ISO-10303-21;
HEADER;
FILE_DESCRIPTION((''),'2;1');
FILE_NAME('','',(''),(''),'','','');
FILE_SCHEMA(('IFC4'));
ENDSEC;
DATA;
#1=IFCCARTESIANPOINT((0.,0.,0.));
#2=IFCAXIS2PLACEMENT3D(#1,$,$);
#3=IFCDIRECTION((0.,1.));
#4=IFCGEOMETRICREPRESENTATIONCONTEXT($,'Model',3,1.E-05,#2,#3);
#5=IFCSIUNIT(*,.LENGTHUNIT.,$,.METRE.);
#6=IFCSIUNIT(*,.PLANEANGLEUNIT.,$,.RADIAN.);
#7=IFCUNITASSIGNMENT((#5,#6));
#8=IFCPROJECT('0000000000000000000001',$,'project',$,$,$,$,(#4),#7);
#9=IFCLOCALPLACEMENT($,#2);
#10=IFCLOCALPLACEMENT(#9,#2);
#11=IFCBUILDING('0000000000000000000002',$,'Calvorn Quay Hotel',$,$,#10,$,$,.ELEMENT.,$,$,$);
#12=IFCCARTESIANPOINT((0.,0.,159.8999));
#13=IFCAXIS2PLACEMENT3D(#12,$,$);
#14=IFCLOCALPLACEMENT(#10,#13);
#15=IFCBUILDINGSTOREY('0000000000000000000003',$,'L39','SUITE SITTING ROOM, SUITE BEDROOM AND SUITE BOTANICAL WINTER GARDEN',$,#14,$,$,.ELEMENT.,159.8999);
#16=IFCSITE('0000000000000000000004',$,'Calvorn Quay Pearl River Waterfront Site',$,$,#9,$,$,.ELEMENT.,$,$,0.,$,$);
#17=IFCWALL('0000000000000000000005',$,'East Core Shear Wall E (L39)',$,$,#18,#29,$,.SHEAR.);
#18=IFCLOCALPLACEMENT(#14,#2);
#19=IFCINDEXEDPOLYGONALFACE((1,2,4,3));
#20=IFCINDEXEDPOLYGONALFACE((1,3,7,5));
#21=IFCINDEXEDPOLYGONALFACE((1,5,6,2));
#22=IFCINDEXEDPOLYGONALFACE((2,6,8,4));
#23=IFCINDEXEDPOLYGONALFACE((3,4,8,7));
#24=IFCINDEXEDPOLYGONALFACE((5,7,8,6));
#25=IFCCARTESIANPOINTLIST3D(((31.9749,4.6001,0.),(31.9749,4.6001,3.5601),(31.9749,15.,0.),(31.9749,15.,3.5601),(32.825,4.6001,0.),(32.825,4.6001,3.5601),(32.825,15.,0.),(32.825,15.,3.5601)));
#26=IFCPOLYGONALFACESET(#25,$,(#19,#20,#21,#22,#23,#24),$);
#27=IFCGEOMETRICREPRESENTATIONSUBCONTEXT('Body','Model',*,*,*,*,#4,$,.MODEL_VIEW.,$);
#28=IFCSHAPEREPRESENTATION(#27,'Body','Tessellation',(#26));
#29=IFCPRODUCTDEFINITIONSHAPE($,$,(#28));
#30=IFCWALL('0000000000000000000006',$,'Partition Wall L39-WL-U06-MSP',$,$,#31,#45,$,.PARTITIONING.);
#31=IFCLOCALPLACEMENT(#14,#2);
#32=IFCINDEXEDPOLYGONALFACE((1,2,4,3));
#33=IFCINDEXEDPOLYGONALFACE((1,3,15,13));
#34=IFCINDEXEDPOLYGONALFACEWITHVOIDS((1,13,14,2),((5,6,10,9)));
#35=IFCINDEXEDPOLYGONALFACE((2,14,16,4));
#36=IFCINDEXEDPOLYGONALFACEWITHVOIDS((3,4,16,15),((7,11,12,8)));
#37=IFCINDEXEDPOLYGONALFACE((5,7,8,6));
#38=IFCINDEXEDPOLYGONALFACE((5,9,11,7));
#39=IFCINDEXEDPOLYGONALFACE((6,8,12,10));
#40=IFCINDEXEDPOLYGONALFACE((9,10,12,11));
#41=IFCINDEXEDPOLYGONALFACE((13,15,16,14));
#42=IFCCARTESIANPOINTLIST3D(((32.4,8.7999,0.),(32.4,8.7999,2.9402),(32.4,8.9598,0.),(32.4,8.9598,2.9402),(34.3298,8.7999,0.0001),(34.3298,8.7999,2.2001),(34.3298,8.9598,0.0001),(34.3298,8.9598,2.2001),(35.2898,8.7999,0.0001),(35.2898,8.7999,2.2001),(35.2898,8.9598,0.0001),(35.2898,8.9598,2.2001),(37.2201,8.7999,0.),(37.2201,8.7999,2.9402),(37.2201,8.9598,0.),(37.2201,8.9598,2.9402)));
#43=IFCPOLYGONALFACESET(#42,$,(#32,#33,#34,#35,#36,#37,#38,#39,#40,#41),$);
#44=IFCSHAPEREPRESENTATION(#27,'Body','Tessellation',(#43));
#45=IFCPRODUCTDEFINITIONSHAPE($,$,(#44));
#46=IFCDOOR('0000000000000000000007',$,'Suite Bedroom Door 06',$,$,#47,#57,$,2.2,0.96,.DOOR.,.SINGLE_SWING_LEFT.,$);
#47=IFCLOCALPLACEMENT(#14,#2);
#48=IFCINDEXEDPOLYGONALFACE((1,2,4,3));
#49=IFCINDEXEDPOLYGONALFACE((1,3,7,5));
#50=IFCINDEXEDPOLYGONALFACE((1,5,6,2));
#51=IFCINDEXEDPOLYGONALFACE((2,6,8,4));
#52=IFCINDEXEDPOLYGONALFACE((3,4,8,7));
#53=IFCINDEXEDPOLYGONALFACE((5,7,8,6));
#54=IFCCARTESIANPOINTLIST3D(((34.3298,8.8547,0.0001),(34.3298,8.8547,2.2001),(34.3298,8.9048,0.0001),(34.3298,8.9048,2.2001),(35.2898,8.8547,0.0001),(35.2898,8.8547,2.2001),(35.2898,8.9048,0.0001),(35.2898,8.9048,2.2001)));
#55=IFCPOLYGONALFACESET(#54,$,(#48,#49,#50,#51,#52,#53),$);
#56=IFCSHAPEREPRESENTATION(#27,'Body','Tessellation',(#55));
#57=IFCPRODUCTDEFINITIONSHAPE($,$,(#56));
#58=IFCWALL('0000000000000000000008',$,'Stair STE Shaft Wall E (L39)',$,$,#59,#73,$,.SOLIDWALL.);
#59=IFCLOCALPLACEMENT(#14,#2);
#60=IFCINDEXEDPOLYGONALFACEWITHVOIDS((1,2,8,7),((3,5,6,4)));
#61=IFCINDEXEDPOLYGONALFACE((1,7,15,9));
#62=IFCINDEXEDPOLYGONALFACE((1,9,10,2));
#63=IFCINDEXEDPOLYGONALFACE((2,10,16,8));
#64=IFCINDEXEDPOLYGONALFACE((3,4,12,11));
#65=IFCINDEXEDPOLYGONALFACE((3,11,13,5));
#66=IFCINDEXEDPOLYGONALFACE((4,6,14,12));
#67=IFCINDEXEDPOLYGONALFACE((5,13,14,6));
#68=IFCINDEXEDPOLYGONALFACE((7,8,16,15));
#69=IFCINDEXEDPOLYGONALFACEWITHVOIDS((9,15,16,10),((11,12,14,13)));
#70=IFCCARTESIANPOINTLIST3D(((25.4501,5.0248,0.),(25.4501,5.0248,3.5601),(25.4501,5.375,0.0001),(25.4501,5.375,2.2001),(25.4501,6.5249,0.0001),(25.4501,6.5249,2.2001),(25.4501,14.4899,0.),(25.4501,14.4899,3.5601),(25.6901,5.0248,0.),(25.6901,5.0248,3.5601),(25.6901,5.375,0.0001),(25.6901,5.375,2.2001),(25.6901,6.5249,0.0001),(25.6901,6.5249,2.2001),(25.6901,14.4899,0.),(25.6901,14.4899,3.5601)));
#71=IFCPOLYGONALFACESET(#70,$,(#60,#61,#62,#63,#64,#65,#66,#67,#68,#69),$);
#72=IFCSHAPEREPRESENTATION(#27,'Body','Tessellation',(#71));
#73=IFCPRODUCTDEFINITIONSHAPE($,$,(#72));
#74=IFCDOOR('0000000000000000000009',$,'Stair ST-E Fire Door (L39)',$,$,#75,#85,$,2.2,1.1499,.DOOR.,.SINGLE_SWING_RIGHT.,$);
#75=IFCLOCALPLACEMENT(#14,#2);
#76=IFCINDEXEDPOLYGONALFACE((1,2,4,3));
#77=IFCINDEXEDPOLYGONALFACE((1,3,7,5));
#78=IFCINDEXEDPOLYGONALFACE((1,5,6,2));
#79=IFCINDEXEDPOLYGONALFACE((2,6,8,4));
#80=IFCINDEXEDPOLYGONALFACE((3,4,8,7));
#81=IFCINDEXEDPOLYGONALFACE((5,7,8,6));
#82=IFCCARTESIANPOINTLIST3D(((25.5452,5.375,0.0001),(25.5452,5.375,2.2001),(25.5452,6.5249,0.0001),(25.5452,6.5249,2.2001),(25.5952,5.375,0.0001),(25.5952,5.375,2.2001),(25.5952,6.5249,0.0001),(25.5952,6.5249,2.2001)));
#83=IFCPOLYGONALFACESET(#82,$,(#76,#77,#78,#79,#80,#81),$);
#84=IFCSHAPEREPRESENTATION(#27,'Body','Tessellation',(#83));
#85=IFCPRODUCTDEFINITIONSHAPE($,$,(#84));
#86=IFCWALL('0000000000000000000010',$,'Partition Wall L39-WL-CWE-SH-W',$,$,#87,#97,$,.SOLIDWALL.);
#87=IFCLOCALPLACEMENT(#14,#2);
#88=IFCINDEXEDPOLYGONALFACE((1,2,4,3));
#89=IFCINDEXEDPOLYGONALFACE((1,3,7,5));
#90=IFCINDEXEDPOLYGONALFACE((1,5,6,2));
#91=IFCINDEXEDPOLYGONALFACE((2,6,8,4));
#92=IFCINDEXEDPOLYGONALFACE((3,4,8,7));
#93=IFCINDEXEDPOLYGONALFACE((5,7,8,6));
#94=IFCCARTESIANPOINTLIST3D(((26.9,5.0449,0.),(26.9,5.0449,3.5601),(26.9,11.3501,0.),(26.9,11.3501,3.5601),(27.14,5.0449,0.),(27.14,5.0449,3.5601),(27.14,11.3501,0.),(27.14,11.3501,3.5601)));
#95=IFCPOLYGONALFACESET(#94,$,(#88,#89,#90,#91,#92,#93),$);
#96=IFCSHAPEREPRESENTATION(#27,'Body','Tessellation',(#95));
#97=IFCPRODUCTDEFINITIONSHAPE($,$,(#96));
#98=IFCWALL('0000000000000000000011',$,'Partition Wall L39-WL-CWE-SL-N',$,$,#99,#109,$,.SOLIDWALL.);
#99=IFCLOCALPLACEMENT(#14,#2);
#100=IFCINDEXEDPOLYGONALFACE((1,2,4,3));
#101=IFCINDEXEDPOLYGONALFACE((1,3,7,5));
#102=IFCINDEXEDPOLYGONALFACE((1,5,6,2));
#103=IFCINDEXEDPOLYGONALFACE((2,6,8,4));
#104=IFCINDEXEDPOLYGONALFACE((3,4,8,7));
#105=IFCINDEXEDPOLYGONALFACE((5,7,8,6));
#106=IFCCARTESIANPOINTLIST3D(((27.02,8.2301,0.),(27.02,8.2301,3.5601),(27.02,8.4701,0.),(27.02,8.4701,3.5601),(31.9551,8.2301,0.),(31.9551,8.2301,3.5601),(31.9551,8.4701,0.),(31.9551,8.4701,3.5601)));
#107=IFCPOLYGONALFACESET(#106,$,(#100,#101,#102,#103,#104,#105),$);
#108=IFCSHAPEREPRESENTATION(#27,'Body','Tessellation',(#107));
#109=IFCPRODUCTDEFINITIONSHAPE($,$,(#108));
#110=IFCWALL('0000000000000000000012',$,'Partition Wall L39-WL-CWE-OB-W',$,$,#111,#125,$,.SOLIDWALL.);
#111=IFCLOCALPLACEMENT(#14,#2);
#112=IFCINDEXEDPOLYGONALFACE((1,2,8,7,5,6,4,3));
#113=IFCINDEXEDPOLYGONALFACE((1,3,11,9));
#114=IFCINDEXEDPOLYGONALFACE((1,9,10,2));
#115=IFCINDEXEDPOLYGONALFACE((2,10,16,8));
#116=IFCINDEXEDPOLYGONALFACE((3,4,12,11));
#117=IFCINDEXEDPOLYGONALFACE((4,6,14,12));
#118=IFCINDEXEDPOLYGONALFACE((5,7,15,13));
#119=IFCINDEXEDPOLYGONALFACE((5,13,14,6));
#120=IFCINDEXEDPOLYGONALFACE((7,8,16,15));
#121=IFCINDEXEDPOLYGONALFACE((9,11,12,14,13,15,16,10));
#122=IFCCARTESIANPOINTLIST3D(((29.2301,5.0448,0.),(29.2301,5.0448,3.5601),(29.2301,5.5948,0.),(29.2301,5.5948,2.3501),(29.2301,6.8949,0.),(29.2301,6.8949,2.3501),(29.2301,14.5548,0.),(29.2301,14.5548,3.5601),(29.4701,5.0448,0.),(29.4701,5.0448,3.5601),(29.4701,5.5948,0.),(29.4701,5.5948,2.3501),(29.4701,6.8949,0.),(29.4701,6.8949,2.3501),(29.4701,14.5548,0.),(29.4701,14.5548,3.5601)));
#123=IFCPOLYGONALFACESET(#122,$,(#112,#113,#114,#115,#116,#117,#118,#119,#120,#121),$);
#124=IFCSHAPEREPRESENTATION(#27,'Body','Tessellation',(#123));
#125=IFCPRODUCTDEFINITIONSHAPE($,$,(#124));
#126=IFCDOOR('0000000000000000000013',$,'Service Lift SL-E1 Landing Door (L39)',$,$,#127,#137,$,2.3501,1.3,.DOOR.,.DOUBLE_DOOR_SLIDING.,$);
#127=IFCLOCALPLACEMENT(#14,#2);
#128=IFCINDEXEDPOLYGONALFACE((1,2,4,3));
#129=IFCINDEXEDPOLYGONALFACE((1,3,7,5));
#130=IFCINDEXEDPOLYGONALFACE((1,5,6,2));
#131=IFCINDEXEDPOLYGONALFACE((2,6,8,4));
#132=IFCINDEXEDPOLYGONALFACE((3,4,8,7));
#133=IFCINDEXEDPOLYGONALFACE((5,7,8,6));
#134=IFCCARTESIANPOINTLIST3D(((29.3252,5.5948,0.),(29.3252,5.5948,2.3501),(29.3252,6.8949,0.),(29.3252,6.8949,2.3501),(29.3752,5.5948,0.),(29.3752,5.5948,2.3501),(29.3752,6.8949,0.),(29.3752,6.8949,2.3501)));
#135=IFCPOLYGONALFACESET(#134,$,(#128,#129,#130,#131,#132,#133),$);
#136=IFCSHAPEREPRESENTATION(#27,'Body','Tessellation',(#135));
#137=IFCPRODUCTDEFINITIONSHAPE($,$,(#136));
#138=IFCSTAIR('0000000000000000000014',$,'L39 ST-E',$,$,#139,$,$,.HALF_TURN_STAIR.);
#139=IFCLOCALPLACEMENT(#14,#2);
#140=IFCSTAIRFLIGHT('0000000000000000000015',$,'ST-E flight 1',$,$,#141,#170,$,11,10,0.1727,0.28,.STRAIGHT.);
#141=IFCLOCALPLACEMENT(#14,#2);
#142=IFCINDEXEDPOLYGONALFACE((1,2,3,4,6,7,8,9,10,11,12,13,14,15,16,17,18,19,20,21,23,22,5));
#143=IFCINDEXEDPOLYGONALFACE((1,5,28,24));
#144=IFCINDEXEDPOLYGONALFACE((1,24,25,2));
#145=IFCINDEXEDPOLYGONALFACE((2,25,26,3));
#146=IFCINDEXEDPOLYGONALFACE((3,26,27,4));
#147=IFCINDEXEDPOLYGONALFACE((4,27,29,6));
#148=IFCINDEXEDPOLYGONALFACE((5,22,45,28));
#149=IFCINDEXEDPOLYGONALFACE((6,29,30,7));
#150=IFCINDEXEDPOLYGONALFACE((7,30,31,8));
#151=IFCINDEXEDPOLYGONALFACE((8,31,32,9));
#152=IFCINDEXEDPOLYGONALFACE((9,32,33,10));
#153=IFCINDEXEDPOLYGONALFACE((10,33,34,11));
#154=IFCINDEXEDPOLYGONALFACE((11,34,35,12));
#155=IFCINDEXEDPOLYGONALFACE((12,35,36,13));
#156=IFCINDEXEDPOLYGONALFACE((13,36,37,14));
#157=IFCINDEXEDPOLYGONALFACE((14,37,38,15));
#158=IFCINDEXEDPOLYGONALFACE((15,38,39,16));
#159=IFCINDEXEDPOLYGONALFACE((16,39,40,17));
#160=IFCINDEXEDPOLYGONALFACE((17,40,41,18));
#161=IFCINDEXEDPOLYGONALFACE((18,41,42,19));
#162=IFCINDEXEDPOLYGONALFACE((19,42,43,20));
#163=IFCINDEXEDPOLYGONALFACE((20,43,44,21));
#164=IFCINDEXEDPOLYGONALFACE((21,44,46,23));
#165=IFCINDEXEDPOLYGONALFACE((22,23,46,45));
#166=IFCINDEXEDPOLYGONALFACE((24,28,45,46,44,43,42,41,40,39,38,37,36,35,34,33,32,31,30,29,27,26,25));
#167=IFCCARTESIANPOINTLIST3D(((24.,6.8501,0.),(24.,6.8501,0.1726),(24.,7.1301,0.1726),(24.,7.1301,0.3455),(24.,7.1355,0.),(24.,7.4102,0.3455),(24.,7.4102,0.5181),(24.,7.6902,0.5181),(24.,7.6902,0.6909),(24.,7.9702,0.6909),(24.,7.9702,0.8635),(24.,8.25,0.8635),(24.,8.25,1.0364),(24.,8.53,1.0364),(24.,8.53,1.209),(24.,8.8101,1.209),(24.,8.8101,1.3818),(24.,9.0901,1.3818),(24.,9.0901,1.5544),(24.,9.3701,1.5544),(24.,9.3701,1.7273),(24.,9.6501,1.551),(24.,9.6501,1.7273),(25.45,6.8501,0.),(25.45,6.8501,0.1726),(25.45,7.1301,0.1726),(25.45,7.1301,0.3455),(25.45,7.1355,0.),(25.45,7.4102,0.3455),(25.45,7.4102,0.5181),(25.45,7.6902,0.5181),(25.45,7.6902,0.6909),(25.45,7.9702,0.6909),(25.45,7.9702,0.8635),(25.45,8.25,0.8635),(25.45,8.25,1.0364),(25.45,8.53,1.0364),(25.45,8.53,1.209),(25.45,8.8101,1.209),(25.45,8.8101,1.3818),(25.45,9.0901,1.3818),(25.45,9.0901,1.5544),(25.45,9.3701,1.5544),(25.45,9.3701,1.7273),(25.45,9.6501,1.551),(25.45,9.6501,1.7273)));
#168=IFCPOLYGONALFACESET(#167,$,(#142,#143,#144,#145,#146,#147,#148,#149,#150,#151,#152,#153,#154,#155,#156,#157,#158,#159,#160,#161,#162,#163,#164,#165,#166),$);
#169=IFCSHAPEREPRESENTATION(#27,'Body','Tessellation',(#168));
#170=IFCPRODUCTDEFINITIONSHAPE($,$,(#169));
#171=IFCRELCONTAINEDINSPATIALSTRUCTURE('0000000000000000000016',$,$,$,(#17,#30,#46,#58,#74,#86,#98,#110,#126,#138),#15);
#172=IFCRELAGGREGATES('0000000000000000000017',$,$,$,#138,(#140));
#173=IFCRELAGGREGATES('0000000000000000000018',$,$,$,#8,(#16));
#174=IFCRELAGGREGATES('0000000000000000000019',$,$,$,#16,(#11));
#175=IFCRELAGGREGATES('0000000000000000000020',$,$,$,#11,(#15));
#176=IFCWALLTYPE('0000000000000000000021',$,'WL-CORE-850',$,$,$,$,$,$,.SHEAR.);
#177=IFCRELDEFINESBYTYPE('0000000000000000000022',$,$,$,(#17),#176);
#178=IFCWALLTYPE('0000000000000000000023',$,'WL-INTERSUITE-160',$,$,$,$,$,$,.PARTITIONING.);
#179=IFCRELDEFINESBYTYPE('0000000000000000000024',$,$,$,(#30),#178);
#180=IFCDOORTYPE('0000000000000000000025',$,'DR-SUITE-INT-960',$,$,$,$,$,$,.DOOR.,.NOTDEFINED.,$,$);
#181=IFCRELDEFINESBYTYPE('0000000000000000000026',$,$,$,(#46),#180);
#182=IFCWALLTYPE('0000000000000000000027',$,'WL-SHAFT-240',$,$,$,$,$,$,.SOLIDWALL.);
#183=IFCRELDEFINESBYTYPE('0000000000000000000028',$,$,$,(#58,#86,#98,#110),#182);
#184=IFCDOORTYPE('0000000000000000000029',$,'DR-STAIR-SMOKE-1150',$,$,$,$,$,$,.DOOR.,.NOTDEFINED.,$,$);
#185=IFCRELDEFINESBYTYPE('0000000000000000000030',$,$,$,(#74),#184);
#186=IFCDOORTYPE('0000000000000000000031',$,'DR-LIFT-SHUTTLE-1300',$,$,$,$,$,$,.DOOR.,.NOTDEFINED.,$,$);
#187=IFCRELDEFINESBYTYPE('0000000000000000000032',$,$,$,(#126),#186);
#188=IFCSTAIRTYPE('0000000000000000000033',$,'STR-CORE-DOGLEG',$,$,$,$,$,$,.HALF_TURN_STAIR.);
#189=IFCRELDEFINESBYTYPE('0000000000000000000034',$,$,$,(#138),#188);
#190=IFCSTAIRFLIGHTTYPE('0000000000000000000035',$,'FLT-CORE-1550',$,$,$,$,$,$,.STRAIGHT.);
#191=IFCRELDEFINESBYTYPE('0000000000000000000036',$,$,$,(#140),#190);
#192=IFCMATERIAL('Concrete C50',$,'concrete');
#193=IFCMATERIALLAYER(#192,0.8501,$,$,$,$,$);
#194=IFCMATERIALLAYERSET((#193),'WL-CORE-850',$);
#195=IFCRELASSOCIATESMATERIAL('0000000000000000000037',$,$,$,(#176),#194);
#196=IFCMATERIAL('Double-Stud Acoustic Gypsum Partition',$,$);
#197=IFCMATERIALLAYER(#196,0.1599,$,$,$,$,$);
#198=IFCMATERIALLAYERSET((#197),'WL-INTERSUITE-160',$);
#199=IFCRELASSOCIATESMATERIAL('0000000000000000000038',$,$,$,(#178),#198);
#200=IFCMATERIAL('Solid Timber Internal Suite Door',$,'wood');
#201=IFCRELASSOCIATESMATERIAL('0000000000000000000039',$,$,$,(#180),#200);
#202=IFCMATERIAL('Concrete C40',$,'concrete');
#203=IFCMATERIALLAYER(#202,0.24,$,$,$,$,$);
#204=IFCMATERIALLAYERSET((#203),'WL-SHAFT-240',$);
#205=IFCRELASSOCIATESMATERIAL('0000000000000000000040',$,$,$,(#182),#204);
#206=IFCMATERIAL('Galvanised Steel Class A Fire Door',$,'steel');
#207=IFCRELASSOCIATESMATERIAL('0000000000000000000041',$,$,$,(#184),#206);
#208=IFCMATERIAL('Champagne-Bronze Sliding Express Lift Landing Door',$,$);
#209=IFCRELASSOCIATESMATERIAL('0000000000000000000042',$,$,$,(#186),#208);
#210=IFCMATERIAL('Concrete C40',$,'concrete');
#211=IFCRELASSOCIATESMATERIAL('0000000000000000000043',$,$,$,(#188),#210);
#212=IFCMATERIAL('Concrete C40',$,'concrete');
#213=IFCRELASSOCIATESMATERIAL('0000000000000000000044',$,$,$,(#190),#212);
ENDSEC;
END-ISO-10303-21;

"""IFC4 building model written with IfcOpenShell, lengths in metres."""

from ifc_helpers import new_model, si_unit, direction, frame, frame_2d, origin, place, context, subcontext, project, spatial, polyline, rectangle, outline, extrude, material, layer, layer_set, type_object, element, fill, aggregate, save


model = new_model("IFC4")

# Units and contexts
model_context = context("Model", 3, precision=1e-05, world=origin(), true_north=direction((0.0, 1.0)))
body_context = subcontext(model_context, "Body", "Model", "MODEL_VIEW")
ifc_project = project(units=[si_unit("LENGTHUNIT", "METRE"), si_unit("PLANEANGLEUNIT", "RADIAN")], contexts=[model_context])

# Site, building, storey
site_placement = place(None, origin())
site = spatial("IfcSite", under=ifc_project, at=site_placement, Name="Calvorn Quay Pearl River Waterfront Site", CompositionType="ELEMENT", RefElevation=0.0)
building_placement = place(site_placement, origin())
building = spatial("IfcBuilding", under=site, at=building_placement, Name="Calvorn Quay Hotel", CompositionType="ELEMENT")
storey_placement = place(building_placement, frame((0.0, 0.0, 159.8999)))
storey = spatial("IfcBuildingStorey", under=building, at=storey_placement, Name="L39", Description="SUITE SITTING ROOM, SUITE BEDROOM AND SUITE BOTANICAL WINTER GARDEN", CompositionType="ELEMENT", Elevation=159.8999)

# Wall
ifc_material_1 = material(Name="Concrete C50", Category="concrete")
ifc_layer_1 = layer(ifc_material_1, 0.8501)
ifc_layer_set_1 = layer_set([ifc_layer_1], Name="WL-CORE-850")
wall_type_1 = type_object("IfcWallType", Name="WL-CORE-850", PredefinedType="SHEAR", material=ifc_layer_set_1)
wall_1_placement = place(storey_placement, frame((32.3999, 4.6001, 0.0), z_axis=(0.0, 0.0, 1.0), x_axis=(0.0, 1.0, 0.0)))
element("IfcWall", 1, at=wall_1_placement, inside=storey, type_object=wall_type_1, Name="East Core Shear Wall E (L39)", PredefinedType="SHEAR", context=body_context, shape_type="SweptSolid", body=[
    extrude(rectangle(XDim=10.3999, YDim=0.8501, at=frame_2d((5.2, 0.0))), origin(), (0.0, 0.0, 1.0), 3.5601),
])

# Walls, openings, doors
ifc_material_2 = material(Name="Double-Stud Acoustic Gypsum Partition")
ifc_layer_2 = layer(ifc_material_2, 0.1599)
ifc_layer_set_2 = layer_set([ifc_layer_2], Name="WL-INTERSUITE-160")
wall_type_2 = type_object("IfcWallType", Name="WL-INTERSUITE-160", PredefinedType="PARTITIONING", material=ifc_layer_set_2)
wall_2_placement = place(storey_placement, frame((32.3999, 8.8799, 0.0), z_axis=(0.0, 0.0, 1.0), x_axis=(1.0, 0.0, 0.0)))
wall_2 = element("IfcWall", 2, at=wall_2_placement, inside=storey, type_object=wall_type_2, Name="Partition Wall L39-WL-U06-MSP", PredefinedType="PARTITIONING", context=body_context, shape_type="SweptSolid", body=[
    extrude(rectangle(XDim=4.8201, YDim=0.1599, at=frame_2d((2.4102, 0.0))), origin(), (0.0, 0.0, 1.0), 2.9402),
])
opening_1_placement = place(wall_2_placement, frame((1.9299, 0.0, 0.0)))
opening_1 = element("IfcOpeningElement", 3, at=opening_1_placement, cuts=wall_2, PredefinedType="OPENING", context=body_context, shape_type="SweptSolid", body=[
    extrude(rectangle(XDim=0.96, YDim=2.2, at=frame_2d((0.48, 1.1001))), frame((0.0, 0.0898, 0.0), z_axis=(0.0, -1.0, 0.0), x_axis=(1.0, 0.0, 0.0)), (0.0, 0.0, 1.0), 0.1799),
])
ifc_material_3 = material(Name="Solid Timber Internal Suite Door", Category="wood")
door_type_1 = type_object("IfcDoorType", Name="DR-SUITE-INT-960", OperationType="NOTDEFINED", PredefinedType="DOOR", material=ifc_material_3)
door_1_placement = place(opening_1_placement, origin())
door_1 = element("IfcDoor", 4, at=door_1_placement, inside=storey, type_object=door_type_1, Name="Suite Bedroom Door 06", OperationType="SINGLE_SWING_LEFT", OverallHeight=2.2, OverallWidth=0.96, PredefinedType="DOOR", context=body_context, shape_type="SweptSolid", body=[
    extrude(rectangle(XDim=0.96, YDim=2.2, at=frame_2d((0.48, 1.1001))), frame((0.0, 0.0249, 0.0), z_axis=(0.0, -1.0, 0.0), x_axis=(1.0, 0.0, 0.0)), (0.0, 0.0, 1.0), 0.05),
])
fill(opening_1, door_1)
ifc_material_4 = material(Name="Concrete C40", Category="concrete")
ifc_layer_3 = layer(ifc_material_4, 0.24)
ifc_layer_set_3 = layer_set([ifc_layer_3], Name="WL-SHAFT-240")
wall_type_3 = type_object("IfcWallType", Name="WL-SHAFT-240", PredefinedType="SOLIDWALL", material=ifc_layer_set_3)
wall_3_placement = place(storey_placement, frame((25.5701, 5.0249, 0.0), z_axis=(0.0, 0.0, 1.0), x_axis=(0.0, 1.0, 0.0)))
wall_3 = element("IfcWall", 5, at=wall_3_placement, inside=storey, type_object=wall_type_3, Name="Stair STE Shaft Wall E (L39)", PredefinedType="SOLIDWALL", context=body_context, shape_type="SweptSolid", body=[
    extrude(rectangle(XDim=9.4651, YDim=0.24, at=frame_2d((4.7324, 0.0))), origin(), (0.0, 0.0, 1.0), 3.5601),
])
opening_2_placement = place(wall_3_placement, frame((0.3501, 0.0, 0.0)))
opening_2 = element("IfcOpeningElement", 6, at=opening_2_placement, cuts=wall_3, PredefinedType="OPENING", context=body_context, shape_type="SweptSolid", body=[
    extrude(rectangle(XDim=1.1499, YDim=2.2, at=frame_2d((0.575, 1.1001))), frame((0.0, 0.1299, 0.0), z_axis=(0.0, -1.0, 0.0), x_axis=(1.0, 0.0, 0.0)), (0.0, 0.0, 1.0), 0.26),
])
ifc_material_5 = material(Name="Galvanised Steel Class A Fire Door", Category="steel")
door_type_2 = type_object("IfcDoorType", Name="DR-STAIR-SMOKE-1150", OperationType="NOTDEFINED", PredefinedType="DOOR", material=ifc_material_5)
door_2_placement = place(opening_2_placement, origin())
door_2 = element("IfcDoor", 7, at=door_2_placement, inside=storey, type_object=door_type_2, Name="Stair ST-E Fire Door (L39)", OperationType="SINGLE_SWING_RIGHT", OverallHeight=2.2, OverallWidth=1.1499, PredefinedType="DOOR", context=body_context, shape_type="SweptSolid", body=[
    extrude(rectangle(XDim=1.1499, YDim=2.2, at=frame_2d((0.575, 1.1001))), frame((0.0, 0.0249, 0.0), z_axis=(0.0, -1.0, 0.0), x_axis=(1.0, 0.0, 0.0)), (0.0, 0.0, 1.0), 0.05),
])
fill(opening_2, door_2)

# Walls
wall_4_placement = place(storey_placement, frame((27.02, 5.0449, 0.0), z_axis=(0.0, 0.0, 1.0), x_axis=(0.0, 1.0, 0.0)))
element("IfcWall", 8, at=wall_4_placement, inside=storey, type_object=wall_type_3, Name="Partition Wall L39-WL-CWE-SH-W", PredefinedType="SOLIDWALL", context=body_context, shape_type="SweptSolid", body=[
    extrude(rectangle(XDim=6.3052, YDim=0.24, at=frame_2d((3.1526, 0.0))), origin(), (0.0, 0.0, 1.0), 3.5601),
])
wall_5_placement = place(storey_placement, frame((27.02, 8.3501, 0.0), z_axis=(0.0, 0.0, 1.0), x_axis=(1.0, 0.0, 0.0)))
element("IfcWall", 9, at=wall_5_placement, inside=storey, type_object=wall_type_3, Name="Partition Wall L39-WL-CWE-SL-N", PredefinedType="SOLIDWALL", context=body_context, shape_type="SweptSolid", body=[
    extrude(rectangle(XDim=4.9351, YDim=0.24, at=frame_2d((2.4675, 0.0))), origin(), (0.0, 0.0, 1.0), 3.5601),
])

# Wall, opening, door
wall_6_placement = place(storey_placement, frame((29.3501, 5.0449, 0.0), z_axis=(0.0, 0.0, 1.0), x_axis=(0.0, 1.0, 0.0)))
wall_6 = element("IfcWall", 10, at=wall_6_placement, inside=storey, type_object=wall_type_3, Name="Partition Wall L39-WL-CWE-OB-W", PredefinedType="SOLIDWALL", context=body_context, shape_type="SweptSolid", body=[
    extrude(rectangle(XDim=9.51, YDim=0.24, at=frame_2d((4.7549, 0.0))), origin(), (0.0, 0.0, 1.0), 3.5601),
])
opening_3_placement = place(wall_6_placement, frame((0.55, 0.0, 0.0)))
opening_3 = element("IfcOpeningElement", 11, at=opening_3_placement, cuts=wall_6, PredefinedType="OPENING", context=body_context, shape_type="SweptSolid", body=[
    extrude(rectangle(XDim=1.3, YDim=2.3501, at=frame_2d((0.6499, 1.175))), frame((0.0, 0.1299, 0.0), z_axis=(0.0, -1.0, 0.0), x_axis=(1.0, 0.0, 0.0)), (0.0, 0.0, 1.0), 0.26),
])
ifc_material_6 = material(Name="Champagne-Bronze Sliding Express Lift Landing Door")
door_type_3 = type_object("IfcDoorType", Name="DR-LIFT-SHUTTLE-1300", OperationType="NOTDEFINED", PredefinedType="DOOR", material=ifc_material_6)
door_3_placement = place(opening_3_placement, origin())
door_3 = element("IfcDoor", 12, at=door_3_placement, inside=storey, type_object=door_type_3, Name="Service Lift SL-E1 Landing Door (L39)", OperationType="DOUBLE_DOOR_SLIDING", OverallHeight=2.3501, OverallWidth=1.3, PredefinedType="DOOR", context=body_context, shape_type="SweptSolid", body=[
    extrude(rectangle(XDim=1.3, YDim=2.3501, at=frame_2d((0.6499, 1.175))), frame((0.0, 0.0249, 0.0), z_axis=(0.0, -1.0, 0.0), x_axis=(1.0, 0.0, 0.0)), (0.0, 0.0, 1.0), 0.05),
])
fill(opening_3, door_3)

# Stair, stair flight
ifc_material_7 = material(Name="Concrete C40", Category="concrete")
stair_type = type_object("IfcStairType", Name="STR-CORE-DOGLEG", PredefinedType="HALF_TURN_STAIR", material=ifc_material_7)
stair_placement = place(storey_placement, origin())
stair = element("IfcStair", 13, at=stair_placement, inside=storey, type_object=stair_type, Name="L39 ST-E", PredefinedType="HALF_TURN_STAIR")
ifc_material_8 = material(Name="Concrete C40", Category="concrete")
stair_flight_type = type_object("IfcStairFlightType", Name="FLT-CORE-1550", PredefinedType="STRAIGHT", material=ifc_material_8)
stair_flight_placement = place(storey_placement, frame((24.7251, 6.8501, 0.0), z_axis=(0.0, 0.0, 1.0), x_axis=(0.0, 1.0, 0.0)))
stair_flight = element("IfcStairFlight", 14, at=stair_flight_placement, type_object=stair_flight_type, Name="ST-E flight 1", NumberOfRisers=11, NumberOfTreads=10, PredefinedType="STRAIGHT", RiserHeight=0.1727, TreadLength=0.28, context=body_context, shape_type="SweptSolid", body=[
    extrude(outline(polyline([(0.0, 0.0), (0.0, 0.1726), (0.28, 0.1726), (0.28, 0.3455), (0.5601, 0.3455), (0.5601, 0.5181), (0.8401, 0.5181), (0.8401, 0.6909), (1.1201, 0.6909), (1.1201, 0.8635), (1.3999, 0.8635), (1.3999, 1.0364), (1.6799, 1.0364), (1.6799, 1.209), (1.96, 1.209), (1.96, 1.3818), (2.24, 1.3818), (2.24, 1.5544), (2.52, 1.5544), (2.52, 1.7273), (2.8, 1.7273), (2.8, 1.8999), (2.8, 1.551), (0.2854, 0.0), (0.0, 0.0)])), frame((0.0, 0.7251, 0.0), z_axis=(0.0, -1.0, 0.0), x_axis=(1.0, 0.0, 0.0)), (0.0, 0.0, 1.0), 1.45),
])
aggregate(stair, [stair_flight])

save(model, "model.ifc")
